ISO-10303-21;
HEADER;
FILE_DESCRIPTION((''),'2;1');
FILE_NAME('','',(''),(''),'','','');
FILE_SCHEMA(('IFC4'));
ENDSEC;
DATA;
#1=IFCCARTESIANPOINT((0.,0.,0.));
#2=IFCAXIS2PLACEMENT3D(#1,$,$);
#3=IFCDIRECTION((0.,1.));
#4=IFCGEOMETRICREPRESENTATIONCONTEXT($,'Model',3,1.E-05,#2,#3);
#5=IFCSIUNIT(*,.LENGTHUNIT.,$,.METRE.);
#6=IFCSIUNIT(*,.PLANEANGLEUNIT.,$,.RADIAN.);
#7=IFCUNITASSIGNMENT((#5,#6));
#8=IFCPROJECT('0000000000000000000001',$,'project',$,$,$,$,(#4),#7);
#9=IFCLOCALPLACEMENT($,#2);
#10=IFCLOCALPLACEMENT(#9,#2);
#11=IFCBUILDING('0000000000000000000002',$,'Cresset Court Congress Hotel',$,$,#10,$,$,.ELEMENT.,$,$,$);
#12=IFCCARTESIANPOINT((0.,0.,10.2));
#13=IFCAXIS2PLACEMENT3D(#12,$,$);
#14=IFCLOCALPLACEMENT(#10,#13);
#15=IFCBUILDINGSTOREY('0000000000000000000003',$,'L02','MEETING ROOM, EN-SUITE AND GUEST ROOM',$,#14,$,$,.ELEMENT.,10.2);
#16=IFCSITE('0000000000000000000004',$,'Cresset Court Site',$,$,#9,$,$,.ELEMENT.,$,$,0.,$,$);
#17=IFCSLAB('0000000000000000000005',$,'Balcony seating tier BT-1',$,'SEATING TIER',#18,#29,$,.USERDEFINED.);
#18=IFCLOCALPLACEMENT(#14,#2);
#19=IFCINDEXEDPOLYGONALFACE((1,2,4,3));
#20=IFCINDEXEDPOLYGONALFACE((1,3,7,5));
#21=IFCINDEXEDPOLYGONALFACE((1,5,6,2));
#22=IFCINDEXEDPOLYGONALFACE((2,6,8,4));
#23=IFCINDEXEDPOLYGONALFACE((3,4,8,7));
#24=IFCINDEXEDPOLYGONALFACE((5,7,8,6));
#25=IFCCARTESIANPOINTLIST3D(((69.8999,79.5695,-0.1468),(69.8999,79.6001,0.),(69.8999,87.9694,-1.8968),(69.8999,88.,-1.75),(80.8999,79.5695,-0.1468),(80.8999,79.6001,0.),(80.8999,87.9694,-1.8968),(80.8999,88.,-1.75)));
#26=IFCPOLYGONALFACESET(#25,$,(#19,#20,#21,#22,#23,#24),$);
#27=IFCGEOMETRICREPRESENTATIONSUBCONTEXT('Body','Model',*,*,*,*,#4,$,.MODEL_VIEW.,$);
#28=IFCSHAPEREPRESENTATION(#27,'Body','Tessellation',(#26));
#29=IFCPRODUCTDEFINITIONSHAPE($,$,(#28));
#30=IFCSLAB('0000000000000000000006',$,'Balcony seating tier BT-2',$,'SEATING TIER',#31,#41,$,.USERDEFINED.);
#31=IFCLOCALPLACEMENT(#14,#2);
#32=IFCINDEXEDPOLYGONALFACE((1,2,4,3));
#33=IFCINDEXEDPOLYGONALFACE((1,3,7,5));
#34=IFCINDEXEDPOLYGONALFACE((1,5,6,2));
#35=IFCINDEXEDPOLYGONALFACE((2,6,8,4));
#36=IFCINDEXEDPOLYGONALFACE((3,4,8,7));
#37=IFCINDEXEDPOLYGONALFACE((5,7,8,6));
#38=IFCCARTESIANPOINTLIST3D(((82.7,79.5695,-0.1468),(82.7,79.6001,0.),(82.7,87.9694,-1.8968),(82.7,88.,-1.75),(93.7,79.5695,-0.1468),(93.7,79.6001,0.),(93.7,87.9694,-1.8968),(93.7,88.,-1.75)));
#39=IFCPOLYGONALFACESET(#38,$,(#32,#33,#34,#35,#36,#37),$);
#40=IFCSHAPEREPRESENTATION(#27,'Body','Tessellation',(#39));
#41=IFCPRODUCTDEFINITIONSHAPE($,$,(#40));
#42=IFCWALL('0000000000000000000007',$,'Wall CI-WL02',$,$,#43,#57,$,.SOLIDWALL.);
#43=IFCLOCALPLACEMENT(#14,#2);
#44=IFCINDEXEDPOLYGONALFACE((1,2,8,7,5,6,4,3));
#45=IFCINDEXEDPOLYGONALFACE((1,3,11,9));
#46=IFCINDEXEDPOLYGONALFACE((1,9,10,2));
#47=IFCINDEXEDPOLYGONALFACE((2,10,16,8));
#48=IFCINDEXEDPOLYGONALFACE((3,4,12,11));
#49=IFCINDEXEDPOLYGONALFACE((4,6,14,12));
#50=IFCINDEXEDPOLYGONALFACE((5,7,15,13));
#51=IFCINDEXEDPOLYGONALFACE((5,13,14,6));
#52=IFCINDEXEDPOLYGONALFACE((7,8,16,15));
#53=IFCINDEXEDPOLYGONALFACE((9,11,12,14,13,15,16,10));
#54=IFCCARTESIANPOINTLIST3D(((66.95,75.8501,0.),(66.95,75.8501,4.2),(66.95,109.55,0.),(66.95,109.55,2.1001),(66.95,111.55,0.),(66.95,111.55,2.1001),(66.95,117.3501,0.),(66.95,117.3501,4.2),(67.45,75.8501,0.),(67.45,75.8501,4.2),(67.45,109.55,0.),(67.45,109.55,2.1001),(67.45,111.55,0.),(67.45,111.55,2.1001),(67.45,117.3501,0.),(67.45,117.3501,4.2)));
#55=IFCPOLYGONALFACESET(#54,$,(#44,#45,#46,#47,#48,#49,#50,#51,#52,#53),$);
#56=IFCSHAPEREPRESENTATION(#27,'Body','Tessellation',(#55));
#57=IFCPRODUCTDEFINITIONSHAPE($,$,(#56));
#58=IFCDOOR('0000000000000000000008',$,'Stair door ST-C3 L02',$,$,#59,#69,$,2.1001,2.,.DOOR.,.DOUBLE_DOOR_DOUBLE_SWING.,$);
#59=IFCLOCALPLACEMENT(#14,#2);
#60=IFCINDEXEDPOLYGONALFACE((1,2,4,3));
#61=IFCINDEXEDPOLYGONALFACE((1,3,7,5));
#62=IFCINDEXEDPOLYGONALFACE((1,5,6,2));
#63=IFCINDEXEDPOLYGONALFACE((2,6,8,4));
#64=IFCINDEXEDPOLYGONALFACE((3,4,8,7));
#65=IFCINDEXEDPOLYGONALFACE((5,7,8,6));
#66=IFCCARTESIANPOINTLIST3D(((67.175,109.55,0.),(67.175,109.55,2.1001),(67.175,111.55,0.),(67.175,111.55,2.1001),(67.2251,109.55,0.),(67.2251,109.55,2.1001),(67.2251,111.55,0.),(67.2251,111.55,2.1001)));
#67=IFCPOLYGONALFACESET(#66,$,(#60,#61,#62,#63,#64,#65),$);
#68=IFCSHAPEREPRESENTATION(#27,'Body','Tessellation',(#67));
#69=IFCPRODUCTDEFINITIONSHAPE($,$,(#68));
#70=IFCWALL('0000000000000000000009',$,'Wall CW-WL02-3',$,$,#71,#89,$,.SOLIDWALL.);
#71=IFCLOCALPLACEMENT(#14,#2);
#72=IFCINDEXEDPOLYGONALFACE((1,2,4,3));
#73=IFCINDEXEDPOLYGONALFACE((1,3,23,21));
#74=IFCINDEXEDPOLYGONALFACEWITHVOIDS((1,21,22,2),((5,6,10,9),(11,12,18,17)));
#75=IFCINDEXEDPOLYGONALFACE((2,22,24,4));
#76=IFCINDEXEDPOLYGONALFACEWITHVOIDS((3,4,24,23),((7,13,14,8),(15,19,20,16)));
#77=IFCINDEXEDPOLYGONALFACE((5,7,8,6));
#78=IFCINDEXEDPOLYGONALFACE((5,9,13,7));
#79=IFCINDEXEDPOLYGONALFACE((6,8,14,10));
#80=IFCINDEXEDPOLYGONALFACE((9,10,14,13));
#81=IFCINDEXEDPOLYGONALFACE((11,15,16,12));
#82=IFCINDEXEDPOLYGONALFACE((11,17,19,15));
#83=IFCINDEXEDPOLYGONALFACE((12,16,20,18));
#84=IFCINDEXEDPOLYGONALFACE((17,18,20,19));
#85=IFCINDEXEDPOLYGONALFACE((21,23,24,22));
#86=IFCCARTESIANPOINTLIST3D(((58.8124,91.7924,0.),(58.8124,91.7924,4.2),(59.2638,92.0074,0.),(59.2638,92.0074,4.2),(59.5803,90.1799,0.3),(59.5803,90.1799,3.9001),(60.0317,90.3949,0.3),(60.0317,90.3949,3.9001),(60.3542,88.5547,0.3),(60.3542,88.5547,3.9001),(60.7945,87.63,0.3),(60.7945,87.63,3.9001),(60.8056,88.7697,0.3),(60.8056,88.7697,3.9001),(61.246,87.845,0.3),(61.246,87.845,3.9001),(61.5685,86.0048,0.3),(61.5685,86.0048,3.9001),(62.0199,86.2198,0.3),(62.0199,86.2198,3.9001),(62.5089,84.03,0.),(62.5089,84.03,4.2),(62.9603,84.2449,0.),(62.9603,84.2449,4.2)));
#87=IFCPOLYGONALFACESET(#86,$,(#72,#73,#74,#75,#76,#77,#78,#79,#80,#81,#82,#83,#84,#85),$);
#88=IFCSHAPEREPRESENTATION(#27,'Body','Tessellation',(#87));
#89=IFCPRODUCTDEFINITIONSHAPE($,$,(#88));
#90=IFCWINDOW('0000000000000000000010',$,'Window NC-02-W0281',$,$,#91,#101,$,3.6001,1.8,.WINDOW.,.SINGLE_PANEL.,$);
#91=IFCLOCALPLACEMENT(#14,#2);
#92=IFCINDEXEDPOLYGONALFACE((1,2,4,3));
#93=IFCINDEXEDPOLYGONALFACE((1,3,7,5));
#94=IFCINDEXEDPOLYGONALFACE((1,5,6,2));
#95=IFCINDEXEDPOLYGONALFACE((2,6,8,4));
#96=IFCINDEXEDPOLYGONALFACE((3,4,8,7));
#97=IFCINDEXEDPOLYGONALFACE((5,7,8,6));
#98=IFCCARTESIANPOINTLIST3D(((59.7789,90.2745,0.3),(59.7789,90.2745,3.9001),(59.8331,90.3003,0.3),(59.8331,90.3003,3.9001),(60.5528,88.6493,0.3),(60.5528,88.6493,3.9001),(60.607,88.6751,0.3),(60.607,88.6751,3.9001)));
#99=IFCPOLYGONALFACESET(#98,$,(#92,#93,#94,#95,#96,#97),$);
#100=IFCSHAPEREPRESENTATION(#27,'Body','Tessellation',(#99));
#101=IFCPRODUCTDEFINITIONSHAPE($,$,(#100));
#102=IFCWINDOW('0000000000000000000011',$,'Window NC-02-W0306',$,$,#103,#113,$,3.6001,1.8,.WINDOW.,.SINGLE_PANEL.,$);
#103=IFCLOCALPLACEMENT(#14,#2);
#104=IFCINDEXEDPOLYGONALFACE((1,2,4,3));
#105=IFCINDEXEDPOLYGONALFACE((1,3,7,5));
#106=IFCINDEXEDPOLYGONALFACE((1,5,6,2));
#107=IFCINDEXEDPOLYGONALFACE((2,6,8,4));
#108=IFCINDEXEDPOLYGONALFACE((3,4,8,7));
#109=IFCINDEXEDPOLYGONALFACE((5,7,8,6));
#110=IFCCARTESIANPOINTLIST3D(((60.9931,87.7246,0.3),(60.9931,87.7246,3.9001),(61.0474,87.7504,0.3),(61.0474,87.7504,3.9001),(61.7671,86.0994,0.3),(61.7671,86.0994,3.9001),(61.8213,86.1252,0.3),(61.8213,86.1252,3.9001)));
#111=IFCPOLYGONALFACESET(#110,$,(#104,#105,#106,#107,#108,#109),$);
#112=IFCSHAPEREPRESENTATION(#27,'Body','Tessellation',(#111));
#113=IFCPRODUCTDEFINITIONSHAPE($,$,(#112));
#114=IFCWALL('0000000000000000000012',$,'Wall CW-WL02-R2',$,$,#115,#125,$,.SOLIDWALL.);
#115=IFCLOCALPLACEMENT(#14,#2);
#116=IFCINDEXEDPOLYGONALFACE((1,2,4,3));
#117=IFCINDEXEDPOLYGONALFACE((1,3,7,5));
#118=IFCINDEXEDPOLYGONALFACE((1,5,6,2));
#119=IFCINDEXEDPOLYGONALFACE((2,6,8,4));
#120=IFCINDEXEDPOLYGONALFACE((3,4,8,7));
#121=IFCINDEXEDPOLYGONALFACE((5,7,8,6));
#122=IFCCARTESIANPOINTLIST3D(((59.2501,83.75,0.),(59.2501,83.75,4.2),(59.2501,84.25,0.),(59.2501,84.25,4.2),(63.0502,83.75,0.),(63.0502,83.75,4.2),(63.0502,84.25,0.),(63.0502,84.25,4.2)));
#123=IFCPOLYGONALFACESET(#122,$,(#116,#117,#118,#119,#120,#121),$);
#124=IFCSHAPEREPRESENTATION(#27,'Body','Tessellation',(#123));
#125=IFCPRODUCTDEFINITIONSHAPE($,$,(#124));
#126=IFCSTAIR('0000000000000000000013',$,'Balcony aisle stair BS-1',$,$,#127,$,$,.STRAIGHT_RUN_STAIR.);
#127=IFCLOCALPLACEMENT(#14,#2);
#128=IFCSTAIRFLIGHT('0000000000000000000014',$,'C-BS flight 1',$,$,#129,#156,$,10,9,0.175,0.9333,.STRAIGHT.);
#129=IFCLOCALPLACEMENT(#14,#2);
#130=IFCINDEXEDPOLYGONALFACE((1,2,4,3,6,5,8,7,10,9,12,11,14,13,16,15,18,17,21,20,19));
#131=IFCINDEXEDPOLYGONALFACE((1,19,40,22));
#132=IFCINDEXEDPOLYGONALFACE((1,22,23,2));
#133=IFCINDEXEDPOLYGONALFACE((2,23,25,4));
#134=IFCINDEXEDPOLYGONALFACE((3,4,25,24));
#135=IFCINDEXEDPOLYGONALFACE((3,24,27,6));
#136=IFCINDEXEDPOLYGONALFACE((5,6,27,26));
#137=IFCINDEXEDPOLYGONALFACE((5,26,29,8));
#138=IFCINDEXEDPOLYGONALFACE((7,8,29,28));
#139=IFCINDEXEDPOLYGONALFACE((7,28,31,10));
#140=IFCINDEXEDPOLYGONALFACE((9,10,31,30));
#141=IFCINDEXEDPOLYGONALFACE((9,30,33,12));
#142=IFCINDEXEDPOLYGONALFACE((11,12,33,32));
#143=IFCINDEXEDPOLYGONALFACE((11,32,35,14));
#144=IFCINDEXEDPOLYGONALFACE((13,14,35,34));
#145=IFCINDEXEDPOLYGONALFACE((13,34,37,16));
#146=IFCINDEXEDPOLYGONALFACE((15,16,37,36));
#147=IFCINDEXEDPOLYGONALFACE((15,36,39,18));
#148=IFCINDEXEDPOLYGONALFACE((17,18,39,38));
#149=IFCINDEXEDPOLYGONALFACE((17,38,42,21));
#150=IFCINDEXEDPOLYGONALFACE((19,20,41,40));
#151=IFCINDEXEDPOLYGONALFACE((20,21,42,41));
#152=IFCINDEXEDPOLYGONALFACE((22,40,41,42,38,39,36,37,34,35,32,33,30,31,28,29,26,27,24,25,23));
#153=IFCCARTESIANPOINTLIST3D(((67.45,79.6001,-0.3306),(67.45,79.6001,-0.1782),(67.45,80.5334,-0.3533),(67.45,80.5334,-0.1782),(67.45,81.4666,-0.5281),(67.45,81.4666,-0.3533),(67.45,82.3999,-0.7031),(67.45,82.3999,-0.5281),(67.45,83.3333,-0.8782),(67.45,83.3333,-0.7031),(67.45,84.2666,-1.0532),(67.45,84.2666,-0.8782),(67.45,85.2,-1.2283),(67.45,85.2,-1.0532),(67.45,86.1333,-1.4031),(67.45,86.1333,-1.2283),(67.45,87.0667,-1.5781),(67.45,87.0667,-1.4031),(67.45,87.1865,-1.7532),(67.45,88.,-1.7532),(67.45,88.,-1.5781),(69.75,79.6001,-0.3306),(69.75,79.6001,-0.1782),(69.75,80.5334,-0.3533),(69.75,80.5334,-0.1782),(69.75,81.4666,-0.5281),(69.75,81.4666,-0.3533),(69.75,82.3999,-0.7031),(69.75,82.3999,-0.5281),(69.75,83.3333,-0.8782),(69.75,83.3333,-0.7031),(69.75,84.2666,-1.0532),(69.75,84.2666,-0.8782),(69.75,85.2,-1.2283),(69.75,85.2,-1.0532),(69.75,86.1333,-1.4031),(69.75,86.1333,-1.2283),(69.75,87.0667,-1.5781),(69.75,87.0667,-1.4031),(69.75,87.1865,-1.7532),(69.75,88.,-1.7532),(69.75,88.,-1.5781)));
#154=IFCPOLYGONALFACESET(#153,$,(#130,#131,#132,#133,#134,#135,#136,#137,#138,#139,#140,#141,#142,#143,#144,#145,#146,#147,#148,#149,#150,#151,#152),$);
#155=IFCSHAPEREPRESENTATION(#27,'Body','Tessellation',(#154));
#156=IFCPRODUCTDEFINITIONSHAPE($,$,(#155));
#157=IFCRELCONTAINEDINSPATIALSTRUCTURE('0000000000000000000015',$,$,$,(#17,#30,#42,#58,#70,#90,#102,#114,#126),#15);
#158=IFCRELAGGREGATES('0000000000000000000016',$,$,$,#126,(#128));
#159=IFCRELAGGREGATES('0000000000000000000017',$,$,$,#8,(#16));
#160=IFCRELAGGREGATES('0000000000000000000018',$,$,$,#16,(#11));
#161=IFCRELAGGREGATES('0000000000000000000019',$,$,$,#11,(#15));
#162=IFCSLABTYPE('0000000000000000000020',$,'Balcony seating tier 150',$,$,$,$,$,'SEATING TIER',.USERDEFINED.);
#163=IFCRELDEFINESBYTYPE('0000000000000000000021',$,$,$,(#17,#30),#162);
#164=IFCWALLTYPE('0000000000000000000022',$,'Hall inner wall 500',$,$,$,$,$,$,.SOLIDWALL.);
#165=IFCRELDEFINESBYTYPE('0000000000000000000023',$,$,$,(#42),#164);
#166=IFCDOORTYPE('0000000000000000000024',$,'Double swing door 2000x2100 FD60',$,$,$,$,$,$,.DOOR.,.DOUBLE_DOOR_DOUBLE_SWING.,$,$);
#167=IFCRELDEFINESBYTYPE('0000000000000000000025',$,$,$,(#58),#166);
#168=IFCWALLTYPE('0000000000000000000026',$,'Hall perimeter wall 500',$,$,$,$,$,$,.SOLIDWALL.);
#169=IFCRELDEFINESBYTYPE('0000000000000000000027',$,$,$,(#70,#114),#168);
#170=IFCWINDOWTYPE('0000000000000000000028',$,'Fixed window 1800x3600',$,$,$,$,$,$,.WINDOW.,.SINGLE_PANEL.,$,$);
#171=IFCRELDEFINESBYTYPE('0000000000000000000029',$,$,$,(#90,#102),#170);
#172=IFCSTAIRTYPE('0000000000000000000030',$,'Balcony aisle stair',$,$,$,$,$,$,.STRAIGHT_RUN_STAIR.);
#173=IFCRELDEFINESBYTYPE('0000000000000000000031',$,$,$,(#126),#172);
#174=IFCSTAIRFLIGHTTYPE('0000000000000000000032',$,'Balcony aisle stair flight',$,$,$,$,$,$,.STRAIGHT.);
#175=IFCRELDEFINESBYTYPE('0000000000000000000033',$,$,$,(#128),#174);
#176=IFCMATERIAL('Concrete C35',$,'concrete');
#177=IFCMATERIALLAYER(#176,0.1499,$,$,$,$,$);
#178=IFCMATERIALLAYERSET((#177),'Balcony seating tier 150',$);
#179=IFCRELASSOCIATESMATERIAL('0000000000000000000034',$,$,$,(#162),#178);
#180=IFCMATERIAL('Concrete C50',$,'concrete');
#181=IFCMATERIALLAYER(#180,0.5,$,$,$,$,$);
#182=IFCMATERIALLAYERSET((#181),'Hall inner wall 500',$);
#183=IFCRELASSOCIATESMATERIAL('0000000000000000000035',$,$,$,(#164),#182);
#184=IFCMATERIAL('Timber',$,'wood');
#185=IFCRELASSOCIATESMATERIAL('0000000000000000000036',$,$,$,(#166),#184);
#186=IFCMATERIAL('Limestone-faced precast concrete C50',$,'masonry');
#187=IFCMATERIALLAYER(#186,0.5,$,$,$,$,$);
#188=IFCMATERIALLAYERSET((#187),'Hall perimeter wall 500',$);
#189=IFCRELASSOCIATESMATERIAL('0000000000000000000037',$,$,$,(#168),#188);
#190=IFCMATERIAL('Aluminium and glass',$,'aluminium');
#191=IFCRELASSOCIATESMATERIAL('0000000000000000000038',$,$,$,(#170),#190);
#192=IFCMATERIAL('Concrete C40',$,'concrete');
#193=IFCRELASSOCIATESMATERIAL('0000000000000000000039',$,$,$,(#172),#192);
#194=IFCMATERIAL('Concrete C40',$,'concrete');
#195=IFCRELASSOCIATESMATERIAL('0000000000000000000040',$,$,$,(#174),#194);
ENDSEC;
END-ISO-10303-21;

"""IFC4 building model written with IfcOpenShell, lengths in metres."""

from ifc_helpers import new_model, si_unit, direction, frame, frame_2d, origin, place, context, subcontext, project, spatial, polyline, rectangle, outline, extrude, material, layer, layer_set, type_object, element, fill, aggregate, save


model = new_model("IFC4")

# Units and contexts
model_context = context("Model", 3, precision=1e-05, world=origin(), true_north=direction((0.0, 1.0)))
body_context = subcontext(model_context, "Body", "Model", "MODEL_VIEW")
ifc_project = project(units=[si_unit("LENGTHUNIT", "METRE"), si_unit("PLANEANGLEUNIT", "RADIAN")], contexts=[model_context])

# Site, building, storey
site_placement = place(None, origin())
site = spatial("IfcSite", under=ifc_project, at=site_placement, Name="Cresset Court Site", CompositionType="ELEMENT", RefElevation=0.0)
building_placement = place(site_placement, origin())
building = spatial("IfcBuilding", under=site, at=building_placement, Name="Cresset Court Congress Hotel", CompositionType="ELEMENT")
storey_placement = place(building_placement, frame((0.0, 0.0, 10.2)))
storey = spatial("IfcBuildingStorey", under=building, at=storey_placement, Name="L02", Description="MEETING ROOM, EN-SUITE AND GUEST ROOM", CompositionType="ELEMENT", Elevation=10.2)

# Slabs
ifc_material_1 = material(Name="Concrete C35", Category="concrete")
ifc_layer_1 = layer(ifc_material_1, 0.1499)
ifc_layer_set_1 = layer_set([ifc_layer_1], Name="Balcony seating tier 150")
slab_type = type_object("IfcSlabType", Name="Balcony seating tier 150", ElementType="SEATING TIER", PredefinedType="USERDEFINED", material=ifc_layer_set_1)
for number, where, z_axis, x_axis, name in (
    (1, (69.8999, 88.0, -1.75), (0.0, 0.203957, 0.97898), (1.0, 0.0, 0.0), "Balcony seating tier BT-1"),
    (2, (82.7, 88.0, -1.75), (0.0, 0.203957, 0.97898), (1.0, 0.0, 0.0), "Balcony seating tier BT-2"),
):
    element("IfcSlab", number, at=place(storey_placement, frame(where, z_axis=z_axis, x_axis=x_axis)), inside=storey, type_object=slab_type, Name=name, ObjectType="SEATING TIER", PredefinedType="USERDEFINED", context=body_context, shape_type="SweptSolid", body=[
        extrude(outline(polyline([(0.0, 0.0), (11.0, 0.0), (11.0, -8.5803), (0.0, -8.5803), (0.0, 0.0)])), origin(), (0.0, 0.0, -1.0), 0.1499),
    ])

# Wall, opening, door
ifc_material_2 = material(Name="Concrete C50", Category="concrete")
ifc_layer_2 = layer(ifc_material_2, 0.5)
ifc_layer_set_2 = layer_set([ifc_layer_2], Name="Hall inner wall 500")
wall_type_1 = type_object("IfcWallType", Name="Hall inner wall 500", PredefinedType="SOLIDWALL", material=ifc_layer_set_2)
wall_1_placement = place(storey_placement, frame((67.2, 75.8501, 0.0), z_axis=(0.0, 0.0, 1.0), x_axis=(0.0, 1.0, 0.0)))
wall_1 = element("IfcWall", 3, at=wall_1_placement, inside=storey, type_object=wall_type_1, Name="Wall CI-WL02", PredefinedType="SOLIDWALL", context=body_context, shape_type="SweptSolid", body=[
    extrude(rectangle(XDim=41.5, YDim=0.5, at=frame_2d((20.75, 0.0))), origin(), (0.0, 0.0, 1.0), 4.2),
])
opening_1_placement = place(wall_1_placement, frame((33.7, 0.0, 0.0)))
opening_1 = element("IfcOpeningElement", 4, at=opening_1_placement, cuts=wall_1, PredefinedType="OPENING", context=body_context, shape_type="SweptSolid", body=[
    extrude(rectangle(XDim=2.0, YDim=2.1001, at=frame_2d((1.0, 1.05))), frame((0.0, 0.26, 0.0), z_axis=(0.0, -1.0, 0.0), x_axis=(1.0, 0.0, 0.0)), (0.0, 0.0, 1.0), 0.52),
])
ifc_material_3 = material(Name="Timber", Category="wood")
door_type = type_object("IfcDoorType", Name="Double swing door 2000x2100 FD60", OperationType="DOUBLE_DOOR_DOUBLE_SWING", PredefinedType="DOOR", material=ifc_material_3)
door_placement = place(opening_1_placement, origin())
door = element("IfcDoor", 5, at=door_placement, inside=storey, type_object=door_type, Name="Stair door ST-C3 L02", OperationType="DOUBLE_DOOR_DOUBLE_SWING", OverallHeight=2.1001, OverallWidth=2.0, PredefinedType="DOOR", context=body_context, shape_type="SweptSolid", body=[
    extrude(rectangle(XDim=2.0, YDim=2.1001, at=frame_2d((1.0, 1.05))), frame((0.0, 0.0249, 0.0), z_axis=(0.0, -1.0, 0.0), x_axis=(1.0, 0.0, 0.0)), (0.0, 0.0, 1.0), 0.05),
])
fill(opening_1, door)

# Wall, openings, windows
ifc_material_4 = material(Name="Limestone-faced precast concrete C50", Category="masonry")
ifc_layer_3 = layer(ifc_material_4, 0.5)
ifc_layer_set_3 = layer_set([ifc_layer_3], Name="Hall perimeter wall 500")
wall_type_2 = type_object("IfcWallType", Name="Hall perimeter wall 500", PredefinedType="SOLIDWALL", material=ifc_layer_set_3)
wall_2_placement = place(storey_placement, frame((62.7346, 84.1375, 0.0), z_axis=(0.0, 0.0, 1.0), x_axis=(-0.429946, 0.902855, 0.0)))
wall_2 = element("IfcWall", 6, at=wall_2_placement, inside=storey, type_object=wall_type_2, Name="Wall CW-WL02-3", PredefinedType="SOLIDWALL", context=body_context, shape_type="SweptSolid", body=[
    extrude(rectangle(XDim=8.5977, YDim=0.5, at=frame_2d((4.2988, 0.0))), origin(), (0.0, 0.0, 1.0), 4.2),
])
opening_2_placement = place(wall_2_placement, frame((5.0117, 0.0, 0.3)))
opening_2 = element("IfcOpeningElement", 7, at=opening_2_placement, cuts=wall_2, PredefinedType="OPENING", context=body_context, shape_type="SweptSolid", body=[
    extrude(rectangle(XDim=1.8, YDim=3.6001, at=frame_2d((0.8999, 1.8))), frame((0.0, 0.26, 0.0), z_axis=(0.0, -1.0, 0.0), x_axis=(1.0, 0.0, 0.0)), (0.0, 0.0, 1.0), 0.52),
])
opening_3_placement = place(wall_2_placement, frame((2.1875, 0.0, 0.3)))
opening_3 = element("IfcOpeningElement", 8, at=opening_3_placement, cuts=wall_2, PredefinedType="OPENING", context=body_context, shape_type="SweptSolid", body=[
    extrude(rectangle(XDim=1.8, YDim=3.6001, at=frame_2d((0.8999, 1.8))), frame((0.0, 0.26, 0.0), z_axis=(0.0, -1.0, 0.0), x_axis=(1.0, 0.0, 0.0)), (0.0, 0.0, 1.0), 0.52),
])
ifc_material_5 = material(Name="Aluminium and glass", Category="aluminium")
window_type = type_object("IfcWindowType", Name="Fixed window 1800x3600", PartitioningType="SINGLE_PANEL", PredefinedType="WINDOW", material=ifc_material_5)
window_1_placement = place(opening_2_placement, origin())
window_1 = element("IfcWindow", 9, at=window_1_placement, inside=storey, type_object=window_type, Name="Window NC-02-W0281", OverallHeight=3.6001, OverallWidth=1.8, PartitioningType="SINGLE_PANEL", PredefinedType="WINDOW", context=body_context, shape_type="SweptSolid", body=[
    extrude(rectangle(XDim=1.8, YDim=3.6001, at=frame_2d((0.8999, 1.8))), frame((0.0, 0.03, 0.0), z_axis=(0.0, -1.0, 0.0), x_axis=(1.0, 0.0, 0.0)), (0.0, 0.0, 1.0), 0.0601),
])
fill(opening_2, window_1)
window_2_placement = place(opening_3_placement, origin())
window_2 = element("IfcWindow", 10, at=window_2_placement, inside=storey, type_object=window_type, Name="Window NC-02-W0306", OverallHeight=3.6001, OverallWidth=1.8, PartitioningType="SINGLE_PANEL", PredefinedType="WINDOW", context=body_context, shape_type="SweptSolid", body=[
    extrude(rectangle(XDim=1.8, YDim=3.6001, at=frame_2d((0.8999, 1.8))), frame((0.0, 0.03, 0.0), z_axis=(0.0, -1.0, 0.0), x_axis=(1.0, 0.0, 0.0)), (0.0, 0.0, 1.0), 0.0601),
])
fill(opening_3, window_2)

# Wall
wall_3_placement = place(storey_placement, frame((63.05, 84.0, 0.0), z_axis=(0.0, 0.0, 1.0), x_axis=(-1.0, 0.0, 0.0)))
element("IfcWall", 11, at=wall_3_placement, inside=storey, type_object=wall_type_2, Name="Wall CW-WL02-R2", PredefinedType="SOLIDWALL", context=body_context, shape_type="SweptSolid", body=[
    extrude(rectangle(XDim=3.8, YDim=0.5, at=frame_2d((1.8999, 0.0))), origin(), (0.0, 0.0, 1.0), 4.2),
])

# Stair, stair flight
ifc_material_6 = material(Name="Concrete C40", Category="concrete")
stair_type = type_object("IfcStairType", Name="Balcony aisle stair", PredefinedType="STRAIGHT_RUN_STAIR", material=ifc_material_6)
stair_1_placement = place(storey_placement, origin())
stair_1 = element("IfcStair", 12, at=stair_1_placement, inside=storey, type_object=stair_type, Name="Balcony aisle stair BS-1", PredefinedType="STRAIGHT_RUN_STAIR")
ifc_material_7 = material(Name="Concrete C40", Category="concrete")
stair_flight_type = type_object("IfcStairFlightType", Name="Balcony aisle stair flight", PredefinedType="STRAIGHT", material=ifc_material_7)
stair_flight_1_placement = place(storey_placement, frame((68.6001, 88.0, -1.7532), z_axis=(0.0, 0.0, 1.0), x_axis=(0.0, -1.0, 0.0)))
stair_flight_1 = element("IfcStairFlight", 13, at=stair_flight_1_placement, type_object=stair_flight_type, Name="C-BS flight 1", NumberOfRisers=10, NumberOfTreads=9, PredefinedType="STRAIGHT", RiserHeight=0.175, TreadLength=0.9333, context=body_context, shape_type="SweptSolid", body=[
    extrude(outline(polyline([(0.0, 0.0), (0.0, 0.175), (0.9333, 0.175), (0.9333, 0.3501), (1.8667, 0.3501), (1.8667, 0.5249), (2.8, 0.5249), (2.8, 0.7), (3.7334, 0.7), (3.7334, 0.875), (4.6667, 0.875), (4.6667, 1.05), (5.6001, 1.05), (5.6001, 1.2251), (6.5334, 1.2251), (6.5334, 1.3999), (7.4666, 1.3999), (7.4666, 1.575), (8.3999, 1.575), (8.3999, 1.75), (8.3999, 1.4226), (0.8135, 0.0), (0.0, 0.0)])), frame((0.0, 1.1499, 0.0), z_axis=(0.0, -1.0, 0.0), x_axis=(1.0, 0.0, 0.0)), (0.0, 0.0, 1.0), 2.3),
])
aggregate(stair_1, [stair_flight_1])

save(model, "model.ifc")
